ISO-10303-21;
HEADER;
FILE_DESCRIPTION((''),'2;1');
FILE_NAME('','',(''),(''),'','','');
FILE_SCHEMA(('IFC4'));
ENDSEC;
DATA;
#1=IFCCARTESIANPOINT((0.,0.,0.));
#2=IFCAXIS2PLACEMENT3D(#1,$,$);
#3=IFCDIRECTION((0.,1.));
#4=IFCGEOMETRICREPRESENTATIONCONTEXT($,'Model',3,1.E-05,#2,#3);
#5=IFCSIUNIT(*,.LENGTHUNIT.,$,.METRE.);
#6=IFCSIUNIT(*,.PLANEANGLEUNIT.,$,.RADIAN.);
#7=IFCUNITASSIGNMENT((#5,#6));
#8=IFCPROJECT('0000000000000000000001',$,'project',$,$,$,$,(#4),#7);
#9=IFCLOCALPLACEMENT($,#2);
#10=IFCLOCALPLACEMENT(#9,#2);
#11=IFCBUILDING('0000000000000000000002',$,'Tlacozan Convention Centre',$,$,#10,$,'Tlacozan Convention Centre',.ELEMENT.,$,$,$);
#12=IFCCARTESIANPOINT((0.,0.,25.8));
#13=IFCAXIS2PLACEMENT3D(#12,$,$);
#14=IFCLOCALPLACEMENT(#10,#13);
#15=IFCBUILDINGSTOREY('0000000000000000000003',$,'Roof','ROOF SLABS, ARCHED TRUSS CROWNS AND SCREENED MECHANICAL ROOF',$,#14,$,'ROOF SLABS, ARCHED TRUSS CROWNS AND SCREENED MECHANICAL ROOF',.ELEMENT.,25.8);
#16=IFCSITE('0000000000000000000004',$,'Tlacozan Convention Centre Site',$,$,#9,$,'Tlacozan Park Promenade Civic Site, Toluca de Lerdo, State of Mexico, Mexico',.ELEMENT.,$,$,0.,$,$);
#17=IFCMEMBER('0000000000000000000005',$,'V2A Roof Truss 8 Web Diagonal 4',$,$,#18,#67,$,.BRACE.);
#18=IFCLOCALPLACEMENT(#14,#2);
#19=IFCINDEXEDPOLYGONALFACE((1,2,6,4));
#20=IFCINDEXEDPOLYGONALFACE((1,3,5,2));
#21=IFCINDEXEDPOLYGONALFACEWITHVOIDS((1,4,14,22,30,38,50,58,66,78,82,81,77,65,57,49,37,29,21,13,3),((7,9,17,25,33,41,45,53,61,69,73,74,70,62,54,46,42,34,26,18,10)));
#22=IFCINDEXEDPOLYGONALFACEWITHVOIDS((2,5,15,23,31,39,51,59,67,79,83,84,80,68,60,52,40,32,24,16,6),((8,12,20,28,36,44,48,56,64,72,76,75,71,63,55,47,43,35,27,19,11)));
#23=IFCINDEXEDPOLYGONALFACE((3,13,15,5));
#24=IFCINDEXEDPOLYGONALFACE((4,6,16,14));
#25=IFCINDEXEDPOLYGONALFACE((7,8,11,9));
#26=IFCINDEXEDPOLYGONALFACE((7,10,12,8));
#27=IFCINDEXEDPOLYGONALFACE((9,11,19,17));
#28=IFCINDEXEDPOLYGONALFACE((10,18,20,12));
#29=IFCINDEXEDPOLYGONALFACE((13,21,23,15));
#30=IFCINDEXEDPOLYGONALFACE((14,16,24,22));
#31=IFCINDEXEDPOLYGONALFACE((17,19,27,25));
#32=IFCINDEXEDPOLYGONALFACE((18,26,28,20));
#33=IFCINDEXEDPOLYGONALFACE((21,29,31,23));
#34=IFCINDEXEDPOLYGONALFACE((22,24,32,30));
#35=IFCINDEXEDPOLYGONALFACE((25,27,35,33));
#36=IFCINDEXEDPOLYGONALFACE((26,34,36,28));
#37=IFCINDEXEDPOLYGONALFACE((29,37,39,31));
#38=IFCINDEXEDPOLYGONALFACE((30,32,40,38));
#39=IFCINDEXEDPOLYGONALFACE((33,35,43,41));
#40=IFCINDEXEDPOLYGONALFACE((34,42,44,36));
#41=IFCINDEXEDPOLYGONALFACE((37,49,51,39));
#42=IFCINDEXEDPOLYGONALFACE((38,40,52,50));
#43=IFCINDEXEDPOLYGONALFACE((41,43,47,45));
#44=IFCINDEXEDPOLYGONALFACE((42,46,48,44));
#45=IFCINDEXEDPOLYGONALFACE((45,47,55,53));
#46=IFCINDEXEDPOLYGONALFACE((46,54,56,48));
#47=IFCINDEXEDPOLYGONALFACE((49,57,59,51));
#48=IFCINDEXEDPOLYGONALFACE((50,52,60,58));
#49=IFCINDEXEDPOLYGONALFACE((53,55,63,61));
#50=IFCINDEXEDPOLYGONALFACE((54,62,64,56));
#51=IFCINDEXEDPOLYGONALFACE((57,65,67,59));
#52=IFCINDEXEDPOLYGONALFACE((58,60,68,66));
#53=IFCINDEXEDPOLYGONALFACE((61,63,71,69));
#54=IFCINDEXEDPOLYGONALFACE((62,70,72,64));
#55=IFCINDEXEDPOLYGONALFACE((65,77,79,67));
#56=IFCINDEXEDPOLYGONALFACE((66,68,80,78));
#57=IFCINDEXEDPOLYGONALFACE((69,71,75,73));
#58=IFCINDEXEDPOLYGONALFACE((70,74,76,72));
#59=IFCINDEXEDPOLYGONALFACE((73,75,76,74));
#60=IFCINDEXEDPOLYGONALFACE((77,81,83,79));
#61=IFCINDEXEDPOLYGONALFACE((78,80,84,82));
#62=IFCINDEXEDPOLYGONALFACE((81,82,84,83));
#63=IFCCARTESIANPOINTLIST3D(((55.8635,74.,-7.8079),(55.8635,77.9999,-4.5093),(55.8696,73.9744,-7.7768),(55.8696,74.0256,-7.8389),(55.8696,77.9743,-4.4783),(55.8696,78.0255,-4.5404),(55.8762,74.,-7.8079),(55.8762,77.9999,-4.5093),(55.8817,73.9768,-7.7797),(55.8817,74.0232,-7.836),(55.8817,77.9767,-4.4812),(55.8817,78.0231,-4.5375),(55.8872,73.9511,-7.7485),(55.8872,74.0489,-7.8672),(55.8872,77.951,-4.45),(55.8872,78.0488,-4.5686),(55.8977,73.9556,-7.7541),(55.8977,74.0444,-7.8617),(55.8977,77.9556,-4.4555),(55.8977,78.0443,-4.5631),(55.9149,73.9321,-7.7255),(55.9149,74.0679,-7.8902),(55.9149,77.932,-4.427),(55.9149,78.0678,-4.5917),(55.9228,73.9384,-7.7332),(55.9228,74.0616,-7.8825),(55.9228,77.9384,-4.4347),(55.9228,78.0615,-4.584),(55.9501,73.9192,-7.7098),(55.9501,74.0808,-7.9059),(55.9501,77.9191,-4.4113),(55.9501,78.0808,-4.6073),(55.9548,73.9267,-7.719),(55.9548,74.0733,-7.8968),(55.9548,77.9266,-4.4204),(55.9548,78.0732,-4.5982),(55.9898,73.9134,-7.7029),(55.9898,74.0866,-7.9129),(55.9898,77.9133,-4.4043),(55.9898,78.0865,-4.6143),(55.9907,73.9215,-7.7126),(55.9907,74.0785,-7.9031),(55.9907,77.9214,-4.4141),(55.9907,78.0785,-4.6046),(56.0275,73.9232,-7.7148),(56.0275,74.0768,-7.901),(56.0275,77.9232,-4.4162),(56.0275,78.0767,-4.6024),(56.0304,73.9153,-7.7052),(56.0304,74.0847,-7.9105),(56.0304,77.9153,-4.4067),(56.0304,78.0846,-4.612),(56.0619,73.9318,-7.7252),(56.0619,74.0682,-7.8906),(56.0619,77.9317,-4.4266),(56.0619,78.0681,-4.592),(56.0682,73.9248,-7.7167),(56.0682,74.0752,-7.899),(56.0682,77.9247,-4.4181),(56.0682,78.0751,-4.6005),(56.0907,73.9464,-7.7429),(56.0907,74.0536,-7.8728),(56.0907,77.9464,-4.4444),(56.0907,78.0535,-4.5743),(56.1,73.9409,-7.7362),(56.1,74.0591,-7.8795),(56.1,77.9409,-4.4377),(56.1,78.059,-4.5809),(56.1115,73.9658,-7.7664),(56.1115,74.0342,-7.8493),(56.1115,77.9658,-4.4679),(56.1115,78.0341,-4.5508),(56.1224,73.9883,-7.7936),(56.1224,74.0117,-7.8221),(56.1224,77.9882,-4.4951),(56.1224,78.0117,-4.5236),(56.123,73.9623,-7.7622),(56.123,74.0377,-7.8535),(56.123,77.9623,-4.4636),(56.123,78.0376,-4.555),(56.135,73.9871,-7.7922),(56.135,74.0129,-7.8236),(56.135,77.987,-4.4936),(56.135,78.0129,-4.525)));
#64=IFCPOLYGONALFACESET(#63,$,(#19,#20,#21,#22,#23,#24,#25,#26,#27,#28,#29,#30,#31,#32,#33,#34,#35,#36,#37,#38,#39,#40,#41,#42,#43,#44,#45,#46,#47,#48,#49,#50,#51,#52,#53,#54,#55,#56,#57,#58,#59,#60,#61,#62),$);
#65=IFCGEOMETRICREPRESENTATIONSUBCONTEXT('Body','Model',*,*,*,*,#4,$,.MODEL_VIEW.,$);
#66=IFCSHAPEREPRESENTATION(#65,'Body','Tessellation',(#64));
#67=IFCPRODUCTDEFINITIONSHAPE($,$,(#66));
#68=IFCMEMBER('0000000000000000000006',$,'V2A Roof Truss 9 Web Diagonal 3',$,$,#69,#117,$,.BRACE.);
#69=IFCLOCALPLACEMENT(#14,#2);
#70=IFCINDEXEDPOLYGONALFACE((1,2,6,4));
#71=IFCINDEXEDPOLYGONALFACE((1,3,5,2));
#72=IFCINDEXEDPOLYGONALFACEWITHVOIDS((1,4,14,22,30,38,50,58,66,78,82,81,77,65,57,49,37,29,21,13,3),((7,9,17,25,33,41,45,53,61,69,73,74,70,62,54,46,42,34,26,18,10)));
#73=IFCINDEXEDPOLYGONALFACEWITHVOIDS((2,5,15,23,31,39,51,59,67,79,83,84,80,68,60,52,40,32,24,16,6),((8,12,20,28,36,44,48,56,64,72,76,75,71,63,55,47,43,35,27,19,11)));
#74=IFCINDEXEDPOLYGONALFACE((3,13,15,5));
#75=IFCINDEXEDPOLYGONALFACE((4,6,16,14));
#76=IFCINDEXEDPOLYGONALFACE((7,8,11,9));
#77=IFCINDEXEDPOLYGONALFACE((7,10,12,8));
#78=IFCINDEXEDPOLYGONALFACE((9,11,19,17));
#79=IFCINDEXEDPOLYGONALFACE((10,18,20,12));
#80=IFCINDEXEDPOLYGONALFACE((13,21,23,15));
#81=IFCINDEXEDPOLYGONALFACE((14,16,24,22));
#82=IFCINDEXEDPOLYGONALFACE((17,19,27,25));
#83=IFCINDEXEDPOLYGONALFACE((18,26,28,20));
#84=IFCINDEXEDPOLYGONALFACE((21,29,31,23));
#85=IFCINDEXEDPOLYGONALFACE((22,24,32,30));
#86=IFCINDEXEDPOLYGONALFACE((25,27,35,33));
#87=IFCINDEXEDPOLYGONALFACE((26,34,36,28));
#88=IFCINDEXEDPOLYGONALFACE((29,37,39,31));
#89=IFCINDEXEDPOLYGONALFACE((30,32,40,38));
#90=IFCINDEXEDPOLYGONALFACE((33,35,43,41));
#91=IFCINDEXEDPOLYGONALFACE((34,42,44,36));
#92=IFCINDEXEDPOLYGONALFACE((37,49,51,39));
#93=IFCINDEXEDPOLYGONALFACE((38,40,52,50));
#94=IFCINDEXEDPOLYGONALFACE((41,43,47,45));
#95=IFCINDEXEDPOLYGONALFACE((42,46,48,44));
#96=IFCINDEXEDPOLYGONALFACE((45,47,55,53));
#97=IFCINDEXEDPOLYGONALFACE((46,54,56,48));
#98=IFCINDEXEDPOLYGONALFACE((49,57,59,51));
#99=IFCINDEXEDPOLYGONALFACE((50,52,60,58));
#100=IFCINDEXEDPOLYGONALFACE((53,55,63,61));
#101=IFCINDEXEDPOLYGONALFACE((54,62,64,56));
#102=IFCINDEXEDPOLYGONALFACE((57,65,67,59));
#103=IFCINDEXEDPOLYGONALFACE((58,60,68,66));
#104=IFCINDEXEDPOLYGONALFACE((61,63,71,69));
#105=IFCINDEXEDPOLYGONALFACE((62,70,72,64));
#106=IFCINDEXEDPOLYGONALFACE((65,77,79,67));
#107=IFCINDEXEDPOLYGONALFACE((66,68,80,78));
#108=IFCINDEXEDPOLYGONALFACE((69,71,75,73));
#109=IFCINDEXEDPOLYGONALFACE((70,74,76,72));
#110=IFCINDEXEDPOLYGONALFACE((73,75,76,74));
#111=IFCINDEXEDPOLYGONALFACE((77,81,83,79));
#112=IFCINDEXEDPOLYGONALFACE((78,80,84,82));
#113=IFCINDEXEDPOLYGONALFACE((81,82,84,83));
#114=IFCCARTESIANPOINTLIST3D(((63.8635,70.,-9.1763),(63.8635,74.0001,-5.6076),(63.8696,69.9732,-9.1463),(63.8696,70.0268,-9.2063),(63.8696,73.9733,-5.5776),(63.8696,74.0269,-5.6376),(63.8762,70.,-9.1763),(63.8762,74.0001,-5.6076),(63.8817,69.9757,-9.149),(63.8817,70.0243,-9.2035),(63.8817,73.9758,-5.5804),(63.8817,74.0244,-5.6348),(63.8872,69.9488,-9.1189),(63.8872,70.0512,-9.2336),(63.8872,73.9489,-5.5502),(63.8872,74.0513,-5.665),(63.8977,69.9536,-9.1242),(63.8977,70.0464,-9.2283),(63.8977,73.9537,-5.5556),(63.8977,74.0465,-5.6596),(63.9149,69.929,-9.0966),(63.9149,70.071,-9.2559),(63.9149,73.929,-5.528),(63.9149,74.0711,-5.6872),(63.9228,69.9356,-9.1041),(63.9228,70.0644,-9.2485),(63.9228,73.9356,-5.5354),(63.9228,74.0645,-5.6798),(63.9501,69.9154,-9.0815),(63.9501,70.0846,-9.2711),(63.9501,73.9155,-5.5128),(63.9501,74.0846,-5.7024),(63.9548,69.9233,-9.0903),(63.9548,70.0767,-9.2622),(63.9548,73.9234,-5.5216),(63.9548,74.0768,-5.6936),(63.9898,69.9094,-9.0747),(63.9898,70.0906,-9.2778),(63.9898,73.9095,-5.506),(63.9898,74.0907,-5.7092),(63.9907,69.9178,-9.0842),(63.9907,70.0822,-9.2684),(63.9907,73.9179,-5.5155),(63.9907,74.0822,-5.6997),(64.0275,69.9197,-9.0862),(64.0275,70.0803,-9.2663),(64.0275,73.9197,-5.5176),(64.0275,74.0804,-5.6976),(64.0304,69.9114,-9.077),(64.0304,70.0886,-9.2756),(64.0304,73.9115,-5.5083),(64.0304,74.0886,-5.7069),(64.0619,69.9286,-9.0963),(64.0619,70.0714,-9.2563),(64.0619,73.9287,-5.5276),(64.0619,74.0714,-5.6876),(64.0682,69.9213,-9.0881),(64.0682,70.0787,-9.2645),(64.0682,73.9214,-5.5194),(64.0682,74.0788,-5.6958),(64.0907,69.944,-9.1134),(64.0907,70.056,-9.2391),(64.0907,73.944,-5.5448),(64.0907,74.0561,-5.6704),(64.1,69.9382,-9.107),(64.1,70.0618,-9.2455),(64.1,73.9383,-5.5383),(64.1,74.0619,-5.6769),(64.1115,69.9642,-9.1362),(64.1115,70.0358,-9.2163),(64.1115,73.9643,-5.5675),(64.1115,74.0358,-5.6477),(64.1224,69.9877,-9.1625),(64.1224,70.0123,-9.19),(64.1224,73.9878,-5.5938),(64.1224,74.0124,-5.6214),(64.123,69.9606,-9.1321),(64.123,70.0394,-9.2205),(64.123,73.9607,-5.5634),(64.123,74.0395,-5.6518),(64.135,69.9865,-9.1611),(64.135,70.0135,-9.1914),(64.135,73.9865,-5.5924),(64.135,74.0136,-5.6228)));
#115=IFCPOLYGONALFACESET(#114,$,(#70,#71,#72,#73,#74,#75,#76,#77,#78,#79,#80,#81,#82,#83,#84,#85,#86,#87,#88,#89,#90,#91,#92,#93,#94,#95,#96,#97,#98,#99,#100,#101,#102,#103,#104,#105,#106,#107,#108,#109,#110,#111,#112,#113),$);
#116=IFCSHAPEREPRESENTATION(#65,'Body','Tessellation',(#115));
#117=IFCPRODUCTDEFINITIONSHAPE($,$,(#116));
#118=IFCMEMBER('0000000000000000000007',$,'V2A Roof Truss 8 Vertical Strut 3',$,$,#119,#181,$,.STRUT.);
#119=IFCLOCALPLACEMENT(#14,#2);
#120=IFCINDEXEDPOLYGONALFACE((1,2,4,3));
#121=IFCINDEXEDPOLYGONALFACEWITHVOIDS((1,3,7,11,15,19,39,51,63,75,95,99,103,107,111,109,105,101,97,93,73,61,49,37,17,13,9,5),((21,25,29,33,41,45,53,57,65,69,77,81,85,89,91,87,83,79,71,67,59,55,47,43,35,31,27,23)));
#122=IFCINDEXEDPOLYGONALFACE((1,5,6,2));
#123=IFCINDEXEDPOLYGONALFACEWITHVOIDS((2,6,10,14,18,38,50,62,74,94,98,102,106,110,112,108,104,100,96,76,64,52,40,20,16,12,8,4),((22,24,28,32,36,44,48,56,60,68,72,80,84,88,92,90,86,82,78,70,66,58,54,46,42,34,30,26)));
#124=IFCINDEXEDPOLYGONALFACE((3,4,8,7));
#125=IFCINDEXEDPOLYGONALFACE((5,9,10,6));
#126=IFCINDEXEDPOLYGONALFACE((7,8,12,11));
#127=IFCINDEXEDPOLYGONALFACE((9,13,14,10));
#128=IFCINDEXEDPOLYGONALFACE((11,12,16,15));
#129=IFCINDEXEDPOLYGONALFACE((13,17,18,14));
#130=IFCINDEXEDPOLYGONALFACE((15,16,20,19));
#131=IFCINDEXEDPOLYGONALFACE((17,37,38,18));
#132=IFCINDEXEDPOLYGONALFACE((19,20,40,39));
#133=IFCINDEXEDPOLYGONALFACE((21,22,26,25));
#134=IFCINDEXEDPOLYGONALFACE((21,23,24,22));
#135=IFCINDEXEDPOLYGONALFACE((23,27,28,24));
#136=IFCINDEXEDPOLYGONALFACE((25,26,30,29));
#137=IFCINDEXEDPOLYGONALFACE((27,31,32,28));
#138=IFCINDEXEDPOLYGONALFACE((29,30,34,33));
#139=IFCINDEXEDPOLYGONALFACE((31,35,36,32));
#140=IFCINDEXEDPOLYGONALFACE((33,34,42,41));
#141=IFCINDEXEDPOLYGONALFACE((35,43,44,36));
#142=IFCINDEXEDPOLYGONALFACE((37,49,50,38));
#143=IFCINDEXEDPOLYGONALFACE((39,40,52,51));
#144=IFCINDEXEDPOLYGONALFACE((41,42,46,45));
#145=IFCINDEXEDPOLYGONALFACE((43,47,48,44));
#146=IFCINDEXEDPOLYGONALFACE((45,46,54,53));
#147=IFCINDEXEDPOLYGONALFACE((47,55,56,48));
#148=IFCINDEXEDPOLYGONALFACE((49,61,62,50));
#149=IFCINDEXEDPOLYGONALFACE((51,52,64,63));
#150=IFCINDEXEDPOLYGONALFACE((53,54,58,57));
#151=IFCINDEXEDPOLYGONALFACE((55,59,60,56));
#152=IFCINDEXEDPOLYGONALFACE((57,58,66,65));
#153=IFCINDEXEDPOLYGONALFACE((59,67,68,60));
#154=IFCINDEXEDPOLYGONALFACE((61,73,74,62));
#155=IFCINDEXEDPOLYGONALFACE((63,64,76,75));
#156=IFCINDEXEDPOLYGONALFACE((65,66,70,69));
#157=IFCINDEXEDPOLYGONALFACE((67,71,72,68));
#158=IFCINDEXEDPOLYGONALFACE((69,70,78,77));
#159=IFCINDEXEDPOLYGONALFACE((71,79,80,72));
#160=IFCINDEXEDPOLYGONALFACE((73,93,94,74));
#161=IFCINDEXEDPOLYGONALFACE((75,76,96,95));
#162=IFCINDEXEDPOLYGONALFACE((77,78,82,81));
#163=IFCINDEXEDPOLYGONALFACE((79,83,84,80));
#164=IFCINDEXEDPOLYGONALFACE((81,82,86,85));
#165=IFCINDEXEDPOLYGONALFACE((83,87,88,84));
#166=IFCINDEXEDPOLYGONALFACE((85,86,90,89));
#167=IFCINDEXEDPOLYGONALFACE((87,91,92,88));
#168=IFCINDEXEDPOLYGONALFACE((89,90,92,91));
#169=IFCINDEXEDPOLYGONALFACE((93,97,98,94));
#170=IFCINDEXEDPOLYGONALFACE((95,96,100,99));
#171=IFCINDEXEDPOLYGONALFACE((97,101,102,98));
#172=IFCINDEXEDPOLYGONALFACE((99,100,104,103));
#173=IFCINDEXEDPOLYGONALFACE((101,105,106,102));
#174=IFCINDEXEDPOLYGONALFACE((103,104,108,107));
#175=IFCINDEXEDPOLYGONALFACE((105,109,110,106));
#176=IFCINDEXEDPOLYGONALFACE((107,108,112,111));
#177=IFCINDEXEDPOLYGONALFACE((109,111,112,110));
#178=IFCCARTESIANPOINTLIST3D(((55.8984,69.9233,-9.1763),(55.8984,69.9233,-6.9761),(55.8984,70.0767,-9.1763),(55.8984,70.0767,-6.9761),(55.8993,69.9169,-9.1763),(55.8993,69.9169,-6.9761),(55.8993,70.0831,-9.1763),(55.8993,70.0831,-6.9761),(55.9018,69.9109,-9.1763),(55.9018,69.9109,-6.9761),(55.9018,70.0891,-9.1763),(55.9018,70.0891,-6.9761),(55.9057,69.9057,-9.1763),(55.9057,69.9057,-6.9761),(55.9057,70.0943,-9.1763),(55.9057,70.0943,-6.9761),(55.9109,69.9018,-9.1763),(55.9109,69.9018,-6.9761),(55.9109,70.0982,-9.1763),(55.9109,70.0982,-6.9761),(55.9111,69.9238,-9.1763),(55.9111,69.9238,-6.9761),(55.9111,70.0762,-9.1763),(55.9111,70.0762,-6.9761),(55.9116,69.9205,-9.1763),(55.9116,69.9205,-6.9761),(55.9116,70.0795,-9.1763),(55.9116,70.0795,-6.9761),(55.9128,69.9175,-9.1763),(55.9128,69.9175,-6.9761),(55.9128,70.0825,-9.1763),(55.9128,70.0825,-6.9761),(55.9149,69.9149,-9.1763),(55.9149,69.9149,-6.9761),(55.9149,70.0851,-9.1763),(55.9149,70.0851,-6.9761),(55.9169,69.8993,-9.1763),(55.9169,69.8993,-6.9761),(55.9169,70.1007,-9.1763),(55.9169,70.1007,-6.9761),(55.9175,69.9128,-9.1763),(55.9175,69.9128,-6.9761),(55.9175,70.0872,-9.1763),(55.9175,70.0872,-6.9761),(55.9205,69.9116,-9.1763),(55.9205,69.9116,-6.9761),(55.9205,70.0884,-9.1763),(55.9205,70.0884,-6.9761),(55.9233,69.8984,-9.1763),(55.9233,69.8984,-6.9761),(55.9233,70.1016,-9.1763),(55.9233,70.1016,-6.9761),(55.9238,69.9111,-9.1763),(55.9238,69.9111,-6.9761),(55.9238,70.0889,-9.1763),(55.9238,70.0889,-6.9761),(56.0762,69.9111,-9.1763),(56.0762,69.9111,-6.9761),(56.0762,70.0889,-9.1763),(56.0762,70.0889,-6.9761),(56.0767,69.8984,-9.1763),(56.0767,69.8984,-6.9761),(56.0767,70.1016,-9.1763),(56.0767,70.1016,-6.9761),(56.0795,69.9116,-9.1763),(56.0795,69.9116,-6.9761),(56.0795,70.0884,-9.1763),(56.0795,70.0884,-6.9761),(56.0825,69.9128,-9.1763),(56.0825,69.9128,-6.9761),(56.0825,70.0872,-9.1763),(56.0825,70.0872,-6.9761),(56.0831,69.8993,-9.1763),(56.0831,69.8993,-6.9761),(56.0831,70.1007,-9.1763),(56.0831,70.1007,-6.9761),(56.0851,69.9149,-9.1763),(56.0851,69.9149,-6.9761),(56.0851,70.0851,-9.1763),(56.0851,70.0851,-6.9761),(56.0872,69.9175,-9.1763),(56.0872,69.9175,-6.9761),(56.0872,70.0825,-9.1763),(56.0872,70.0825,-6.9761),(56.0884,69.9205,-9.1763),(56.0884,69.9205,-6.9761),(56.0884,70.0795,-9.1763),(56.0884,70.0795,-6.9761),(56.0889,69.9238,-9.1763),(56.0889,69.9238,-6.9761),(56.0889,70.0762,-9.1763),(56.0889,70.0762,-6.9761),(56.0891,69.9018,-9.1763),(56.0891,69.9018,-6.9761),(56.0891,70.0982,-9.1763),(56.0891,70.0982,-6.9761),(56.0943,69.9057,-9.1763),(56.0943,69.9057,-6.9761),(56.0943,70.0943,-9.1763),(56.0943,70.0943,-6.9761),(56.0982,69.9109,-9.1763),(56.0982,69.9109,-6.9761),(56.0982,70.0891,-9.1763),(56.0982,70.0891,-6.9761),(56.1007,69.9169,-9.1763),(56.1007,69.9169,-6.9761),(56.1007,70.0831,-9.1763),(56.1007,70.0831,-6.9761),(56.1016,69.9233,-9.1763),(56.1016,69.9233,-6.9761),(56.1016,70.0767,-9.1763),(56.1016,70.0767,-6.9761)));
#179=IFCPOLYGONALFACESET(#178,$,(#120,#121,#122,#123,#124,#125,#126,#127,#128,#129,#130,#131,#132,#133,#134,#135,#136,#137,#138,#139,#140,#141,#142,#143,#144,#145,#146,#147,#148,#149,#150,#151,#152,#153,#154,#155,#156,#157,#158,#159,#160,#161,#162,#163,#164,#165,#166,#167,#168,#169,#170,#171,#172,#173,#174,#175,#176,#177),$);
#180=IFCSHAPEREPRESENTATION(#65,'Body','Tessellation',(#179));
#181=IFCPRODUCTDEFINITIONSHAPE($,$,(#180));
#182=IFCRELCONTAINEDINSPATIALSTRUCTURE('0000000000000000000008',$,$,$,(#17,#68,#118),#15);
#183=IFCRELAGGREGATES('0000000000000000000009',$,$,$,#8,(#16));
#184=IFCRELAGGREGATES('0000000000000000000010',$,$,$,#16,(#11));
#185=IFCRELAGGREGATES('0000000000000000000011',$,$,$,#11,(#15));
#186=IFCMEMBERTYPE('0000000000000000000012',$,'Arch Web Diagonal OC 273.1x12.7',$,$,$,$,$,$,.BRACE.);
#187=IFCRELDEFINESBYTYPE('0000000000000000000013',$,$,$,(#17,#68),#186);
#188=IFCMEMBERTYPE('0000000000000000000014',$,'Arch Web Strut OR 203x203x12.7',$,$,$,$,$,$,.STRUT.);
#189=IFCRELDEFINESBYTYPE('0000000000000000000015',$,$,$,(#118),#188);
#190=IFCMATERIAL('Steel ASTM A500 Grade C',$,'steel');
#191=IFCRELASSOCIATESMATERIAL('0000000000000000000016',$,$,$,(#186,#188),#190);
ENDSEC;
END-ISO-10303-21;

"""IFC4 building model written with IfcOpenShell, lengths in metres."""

from ifc_helpers import new_model, si_unit, direction, frame, origin, origin_2d, place, context, subcontext, project, spatial, hollow_rectangle, hollow_circle, extrude, material, material_profile, profile_set, type_object, element, save


model = new_model("IFC4")

# Units and contexts
model_context = context("Model", 3, precision=1e-05, world=origin(), true_north=direction((0.0, 1.0)))
body_context = subcontext(model_context, "Body", "Model", "MODEL_VIEW")
ifc_project = project(units=[si_unit("LENGTHUNIT", "METRE"), si_unit("PLANEANGLEUNIT", "RADIAN")], contexts=[model_context])

# Site, building, storey
site_placement = place(None, origin())
site = spatial("IfcSite", under=ifc_project, at=site_placement, Name="Tlacozan Convention Centre Site", LongName="Tlacozan Park Promenade Civic Site, Toluca de Lerdo, State of Mexico, Mexico", CompositionType="ELEMENT", RefElevation=0.0)
building_placement = place(site_placement, origin())
building = spatial("IfcBuilding", under=site, at=building_placement, Name="Tlacozan Convention Centre", LongName="Tlacozan Convention Centre", CompositionType="ELEMENT")
storey_placement = place(building_placement, frame((0.0, 0.0, 25.8)))
storey = spatial("IfcBuildingStorey", under=building, at=storey_placement, Name="Roof", Description="ROOF SLABS, ARCHED TRUSS CROWNS AND SCREENED MECHANICAL ROOF", LongName="ROOF SLABS, ARCHED TRUSS CROWNS AND SCREENED MECHANICAL ROOF", CompositionType="ELEMENT", Elevation=25.8)

# Members
ifc_material_1 = material(Name="Steel ASTM A500 Grade C", Category="steel")
ifc_material_profile_1 = material_profile(ifc_material_1, hollow_circle(Radius=0.1365, WallThickness=0.0127, at=origin_2d()), Name="OC 273.1x12.7")
ifc_profile_set_1 = profile_set([ifc_material_profile_1], Name="Steel ASTM A500 Grade C")
member_type_1 = type_object("IfcMemberType", Name="Arch Web Diagonal OC 273.1x12.7", PredefinedType="BRACE", material=ifc_profile_set_1)
member_1_placement = place(storey_placement, frame((56.0, 74.0, -7.8079), z_axis=(0.0, 0.771507, 0.63622), x_axis=(-1.0, 0.0, 0.0)))
element("IfcMember", 1, at=member_1_placement, inside=storey, type_object=member_type_1, Name="V2A Roof Truss 8 Web Diagonal 4", PredefinedType="BRACE", context=body_context, shape_type="SweptSolid", body=[
    extrude(hollow_circle(Radius=0.1365, WallThickness=0.0127, at=origin_2d()), origin(), (0.0, 0.0, 1.0), 5.1846),
])
member_2_placement = place(storey_placement, frame((64.0, 70.0, -9.1763), z_axis=(0.0, 0.746199, 0.665722), x_axis=(-1.0, 0.0, 0.0)))
element("IfcMember", 2, at=member_2_placement, inside=storey, type_object=member_type_1, Name="V2A Roof Truss 9 Web Diagonal 3", PredefinedType="BRACE", context=body_context, shape_type="SweptSolid", body=[
    extrude(hollow_circle(Radius=0.1365, WallThickness=0.0127, at=origin_2d()), origin(), (0.0, 0.0, 1.0), 5.3606),
])
ifc_material_profile_2 = material_profile(ifc_material_1, hollow_rectangle(XDim=0.2031, YDim=0.2031, WallThickness=0.0127, InnerFilletRadius=0.0127, OuterFilletRadius=0.0249, at=origin_2d()), Name="OR 203x203x12.7")
ifc_profile_set_2 = profile_set([ifc_material_profile_2], Name="Steel ASTM A500 Grade C")
member_type_2 = type_object("IfcMemberType", Name="Arch Web Strut OR 203x203x12.7", PredefinedType="STRUT", material=ifc_profile_set_2)
for number, where, z_axis, x_axis, name in (
    (3, (56.0, 70.0, -9.1763), (0.0, 0.0, 1.0), (1.0, 0.0, 0.0), "V2A Roof Truss 8 Vertical Strut 3"),
):
    element("IfcMember", number, at=place(storey_placement, frame(where, z_axis=z_axis, x_axis=x_axis)), inside=storey, type_object=member_type_2, Name=name, PredefinedType="STRUT", context=body_context, shape_type="SweptSolid", body=[
        extrude(hollow_rectangle(XDim=0.2031, YDim=0.2031, WallThickness=0.0127, InnerFilletRadius=0.0127, OuterFilletRadius=0.0249, at=origin_2d()), origin(), (0.0, 0.0, 1.0), 2.2002),
    ])

save(model, "model.ifc")
